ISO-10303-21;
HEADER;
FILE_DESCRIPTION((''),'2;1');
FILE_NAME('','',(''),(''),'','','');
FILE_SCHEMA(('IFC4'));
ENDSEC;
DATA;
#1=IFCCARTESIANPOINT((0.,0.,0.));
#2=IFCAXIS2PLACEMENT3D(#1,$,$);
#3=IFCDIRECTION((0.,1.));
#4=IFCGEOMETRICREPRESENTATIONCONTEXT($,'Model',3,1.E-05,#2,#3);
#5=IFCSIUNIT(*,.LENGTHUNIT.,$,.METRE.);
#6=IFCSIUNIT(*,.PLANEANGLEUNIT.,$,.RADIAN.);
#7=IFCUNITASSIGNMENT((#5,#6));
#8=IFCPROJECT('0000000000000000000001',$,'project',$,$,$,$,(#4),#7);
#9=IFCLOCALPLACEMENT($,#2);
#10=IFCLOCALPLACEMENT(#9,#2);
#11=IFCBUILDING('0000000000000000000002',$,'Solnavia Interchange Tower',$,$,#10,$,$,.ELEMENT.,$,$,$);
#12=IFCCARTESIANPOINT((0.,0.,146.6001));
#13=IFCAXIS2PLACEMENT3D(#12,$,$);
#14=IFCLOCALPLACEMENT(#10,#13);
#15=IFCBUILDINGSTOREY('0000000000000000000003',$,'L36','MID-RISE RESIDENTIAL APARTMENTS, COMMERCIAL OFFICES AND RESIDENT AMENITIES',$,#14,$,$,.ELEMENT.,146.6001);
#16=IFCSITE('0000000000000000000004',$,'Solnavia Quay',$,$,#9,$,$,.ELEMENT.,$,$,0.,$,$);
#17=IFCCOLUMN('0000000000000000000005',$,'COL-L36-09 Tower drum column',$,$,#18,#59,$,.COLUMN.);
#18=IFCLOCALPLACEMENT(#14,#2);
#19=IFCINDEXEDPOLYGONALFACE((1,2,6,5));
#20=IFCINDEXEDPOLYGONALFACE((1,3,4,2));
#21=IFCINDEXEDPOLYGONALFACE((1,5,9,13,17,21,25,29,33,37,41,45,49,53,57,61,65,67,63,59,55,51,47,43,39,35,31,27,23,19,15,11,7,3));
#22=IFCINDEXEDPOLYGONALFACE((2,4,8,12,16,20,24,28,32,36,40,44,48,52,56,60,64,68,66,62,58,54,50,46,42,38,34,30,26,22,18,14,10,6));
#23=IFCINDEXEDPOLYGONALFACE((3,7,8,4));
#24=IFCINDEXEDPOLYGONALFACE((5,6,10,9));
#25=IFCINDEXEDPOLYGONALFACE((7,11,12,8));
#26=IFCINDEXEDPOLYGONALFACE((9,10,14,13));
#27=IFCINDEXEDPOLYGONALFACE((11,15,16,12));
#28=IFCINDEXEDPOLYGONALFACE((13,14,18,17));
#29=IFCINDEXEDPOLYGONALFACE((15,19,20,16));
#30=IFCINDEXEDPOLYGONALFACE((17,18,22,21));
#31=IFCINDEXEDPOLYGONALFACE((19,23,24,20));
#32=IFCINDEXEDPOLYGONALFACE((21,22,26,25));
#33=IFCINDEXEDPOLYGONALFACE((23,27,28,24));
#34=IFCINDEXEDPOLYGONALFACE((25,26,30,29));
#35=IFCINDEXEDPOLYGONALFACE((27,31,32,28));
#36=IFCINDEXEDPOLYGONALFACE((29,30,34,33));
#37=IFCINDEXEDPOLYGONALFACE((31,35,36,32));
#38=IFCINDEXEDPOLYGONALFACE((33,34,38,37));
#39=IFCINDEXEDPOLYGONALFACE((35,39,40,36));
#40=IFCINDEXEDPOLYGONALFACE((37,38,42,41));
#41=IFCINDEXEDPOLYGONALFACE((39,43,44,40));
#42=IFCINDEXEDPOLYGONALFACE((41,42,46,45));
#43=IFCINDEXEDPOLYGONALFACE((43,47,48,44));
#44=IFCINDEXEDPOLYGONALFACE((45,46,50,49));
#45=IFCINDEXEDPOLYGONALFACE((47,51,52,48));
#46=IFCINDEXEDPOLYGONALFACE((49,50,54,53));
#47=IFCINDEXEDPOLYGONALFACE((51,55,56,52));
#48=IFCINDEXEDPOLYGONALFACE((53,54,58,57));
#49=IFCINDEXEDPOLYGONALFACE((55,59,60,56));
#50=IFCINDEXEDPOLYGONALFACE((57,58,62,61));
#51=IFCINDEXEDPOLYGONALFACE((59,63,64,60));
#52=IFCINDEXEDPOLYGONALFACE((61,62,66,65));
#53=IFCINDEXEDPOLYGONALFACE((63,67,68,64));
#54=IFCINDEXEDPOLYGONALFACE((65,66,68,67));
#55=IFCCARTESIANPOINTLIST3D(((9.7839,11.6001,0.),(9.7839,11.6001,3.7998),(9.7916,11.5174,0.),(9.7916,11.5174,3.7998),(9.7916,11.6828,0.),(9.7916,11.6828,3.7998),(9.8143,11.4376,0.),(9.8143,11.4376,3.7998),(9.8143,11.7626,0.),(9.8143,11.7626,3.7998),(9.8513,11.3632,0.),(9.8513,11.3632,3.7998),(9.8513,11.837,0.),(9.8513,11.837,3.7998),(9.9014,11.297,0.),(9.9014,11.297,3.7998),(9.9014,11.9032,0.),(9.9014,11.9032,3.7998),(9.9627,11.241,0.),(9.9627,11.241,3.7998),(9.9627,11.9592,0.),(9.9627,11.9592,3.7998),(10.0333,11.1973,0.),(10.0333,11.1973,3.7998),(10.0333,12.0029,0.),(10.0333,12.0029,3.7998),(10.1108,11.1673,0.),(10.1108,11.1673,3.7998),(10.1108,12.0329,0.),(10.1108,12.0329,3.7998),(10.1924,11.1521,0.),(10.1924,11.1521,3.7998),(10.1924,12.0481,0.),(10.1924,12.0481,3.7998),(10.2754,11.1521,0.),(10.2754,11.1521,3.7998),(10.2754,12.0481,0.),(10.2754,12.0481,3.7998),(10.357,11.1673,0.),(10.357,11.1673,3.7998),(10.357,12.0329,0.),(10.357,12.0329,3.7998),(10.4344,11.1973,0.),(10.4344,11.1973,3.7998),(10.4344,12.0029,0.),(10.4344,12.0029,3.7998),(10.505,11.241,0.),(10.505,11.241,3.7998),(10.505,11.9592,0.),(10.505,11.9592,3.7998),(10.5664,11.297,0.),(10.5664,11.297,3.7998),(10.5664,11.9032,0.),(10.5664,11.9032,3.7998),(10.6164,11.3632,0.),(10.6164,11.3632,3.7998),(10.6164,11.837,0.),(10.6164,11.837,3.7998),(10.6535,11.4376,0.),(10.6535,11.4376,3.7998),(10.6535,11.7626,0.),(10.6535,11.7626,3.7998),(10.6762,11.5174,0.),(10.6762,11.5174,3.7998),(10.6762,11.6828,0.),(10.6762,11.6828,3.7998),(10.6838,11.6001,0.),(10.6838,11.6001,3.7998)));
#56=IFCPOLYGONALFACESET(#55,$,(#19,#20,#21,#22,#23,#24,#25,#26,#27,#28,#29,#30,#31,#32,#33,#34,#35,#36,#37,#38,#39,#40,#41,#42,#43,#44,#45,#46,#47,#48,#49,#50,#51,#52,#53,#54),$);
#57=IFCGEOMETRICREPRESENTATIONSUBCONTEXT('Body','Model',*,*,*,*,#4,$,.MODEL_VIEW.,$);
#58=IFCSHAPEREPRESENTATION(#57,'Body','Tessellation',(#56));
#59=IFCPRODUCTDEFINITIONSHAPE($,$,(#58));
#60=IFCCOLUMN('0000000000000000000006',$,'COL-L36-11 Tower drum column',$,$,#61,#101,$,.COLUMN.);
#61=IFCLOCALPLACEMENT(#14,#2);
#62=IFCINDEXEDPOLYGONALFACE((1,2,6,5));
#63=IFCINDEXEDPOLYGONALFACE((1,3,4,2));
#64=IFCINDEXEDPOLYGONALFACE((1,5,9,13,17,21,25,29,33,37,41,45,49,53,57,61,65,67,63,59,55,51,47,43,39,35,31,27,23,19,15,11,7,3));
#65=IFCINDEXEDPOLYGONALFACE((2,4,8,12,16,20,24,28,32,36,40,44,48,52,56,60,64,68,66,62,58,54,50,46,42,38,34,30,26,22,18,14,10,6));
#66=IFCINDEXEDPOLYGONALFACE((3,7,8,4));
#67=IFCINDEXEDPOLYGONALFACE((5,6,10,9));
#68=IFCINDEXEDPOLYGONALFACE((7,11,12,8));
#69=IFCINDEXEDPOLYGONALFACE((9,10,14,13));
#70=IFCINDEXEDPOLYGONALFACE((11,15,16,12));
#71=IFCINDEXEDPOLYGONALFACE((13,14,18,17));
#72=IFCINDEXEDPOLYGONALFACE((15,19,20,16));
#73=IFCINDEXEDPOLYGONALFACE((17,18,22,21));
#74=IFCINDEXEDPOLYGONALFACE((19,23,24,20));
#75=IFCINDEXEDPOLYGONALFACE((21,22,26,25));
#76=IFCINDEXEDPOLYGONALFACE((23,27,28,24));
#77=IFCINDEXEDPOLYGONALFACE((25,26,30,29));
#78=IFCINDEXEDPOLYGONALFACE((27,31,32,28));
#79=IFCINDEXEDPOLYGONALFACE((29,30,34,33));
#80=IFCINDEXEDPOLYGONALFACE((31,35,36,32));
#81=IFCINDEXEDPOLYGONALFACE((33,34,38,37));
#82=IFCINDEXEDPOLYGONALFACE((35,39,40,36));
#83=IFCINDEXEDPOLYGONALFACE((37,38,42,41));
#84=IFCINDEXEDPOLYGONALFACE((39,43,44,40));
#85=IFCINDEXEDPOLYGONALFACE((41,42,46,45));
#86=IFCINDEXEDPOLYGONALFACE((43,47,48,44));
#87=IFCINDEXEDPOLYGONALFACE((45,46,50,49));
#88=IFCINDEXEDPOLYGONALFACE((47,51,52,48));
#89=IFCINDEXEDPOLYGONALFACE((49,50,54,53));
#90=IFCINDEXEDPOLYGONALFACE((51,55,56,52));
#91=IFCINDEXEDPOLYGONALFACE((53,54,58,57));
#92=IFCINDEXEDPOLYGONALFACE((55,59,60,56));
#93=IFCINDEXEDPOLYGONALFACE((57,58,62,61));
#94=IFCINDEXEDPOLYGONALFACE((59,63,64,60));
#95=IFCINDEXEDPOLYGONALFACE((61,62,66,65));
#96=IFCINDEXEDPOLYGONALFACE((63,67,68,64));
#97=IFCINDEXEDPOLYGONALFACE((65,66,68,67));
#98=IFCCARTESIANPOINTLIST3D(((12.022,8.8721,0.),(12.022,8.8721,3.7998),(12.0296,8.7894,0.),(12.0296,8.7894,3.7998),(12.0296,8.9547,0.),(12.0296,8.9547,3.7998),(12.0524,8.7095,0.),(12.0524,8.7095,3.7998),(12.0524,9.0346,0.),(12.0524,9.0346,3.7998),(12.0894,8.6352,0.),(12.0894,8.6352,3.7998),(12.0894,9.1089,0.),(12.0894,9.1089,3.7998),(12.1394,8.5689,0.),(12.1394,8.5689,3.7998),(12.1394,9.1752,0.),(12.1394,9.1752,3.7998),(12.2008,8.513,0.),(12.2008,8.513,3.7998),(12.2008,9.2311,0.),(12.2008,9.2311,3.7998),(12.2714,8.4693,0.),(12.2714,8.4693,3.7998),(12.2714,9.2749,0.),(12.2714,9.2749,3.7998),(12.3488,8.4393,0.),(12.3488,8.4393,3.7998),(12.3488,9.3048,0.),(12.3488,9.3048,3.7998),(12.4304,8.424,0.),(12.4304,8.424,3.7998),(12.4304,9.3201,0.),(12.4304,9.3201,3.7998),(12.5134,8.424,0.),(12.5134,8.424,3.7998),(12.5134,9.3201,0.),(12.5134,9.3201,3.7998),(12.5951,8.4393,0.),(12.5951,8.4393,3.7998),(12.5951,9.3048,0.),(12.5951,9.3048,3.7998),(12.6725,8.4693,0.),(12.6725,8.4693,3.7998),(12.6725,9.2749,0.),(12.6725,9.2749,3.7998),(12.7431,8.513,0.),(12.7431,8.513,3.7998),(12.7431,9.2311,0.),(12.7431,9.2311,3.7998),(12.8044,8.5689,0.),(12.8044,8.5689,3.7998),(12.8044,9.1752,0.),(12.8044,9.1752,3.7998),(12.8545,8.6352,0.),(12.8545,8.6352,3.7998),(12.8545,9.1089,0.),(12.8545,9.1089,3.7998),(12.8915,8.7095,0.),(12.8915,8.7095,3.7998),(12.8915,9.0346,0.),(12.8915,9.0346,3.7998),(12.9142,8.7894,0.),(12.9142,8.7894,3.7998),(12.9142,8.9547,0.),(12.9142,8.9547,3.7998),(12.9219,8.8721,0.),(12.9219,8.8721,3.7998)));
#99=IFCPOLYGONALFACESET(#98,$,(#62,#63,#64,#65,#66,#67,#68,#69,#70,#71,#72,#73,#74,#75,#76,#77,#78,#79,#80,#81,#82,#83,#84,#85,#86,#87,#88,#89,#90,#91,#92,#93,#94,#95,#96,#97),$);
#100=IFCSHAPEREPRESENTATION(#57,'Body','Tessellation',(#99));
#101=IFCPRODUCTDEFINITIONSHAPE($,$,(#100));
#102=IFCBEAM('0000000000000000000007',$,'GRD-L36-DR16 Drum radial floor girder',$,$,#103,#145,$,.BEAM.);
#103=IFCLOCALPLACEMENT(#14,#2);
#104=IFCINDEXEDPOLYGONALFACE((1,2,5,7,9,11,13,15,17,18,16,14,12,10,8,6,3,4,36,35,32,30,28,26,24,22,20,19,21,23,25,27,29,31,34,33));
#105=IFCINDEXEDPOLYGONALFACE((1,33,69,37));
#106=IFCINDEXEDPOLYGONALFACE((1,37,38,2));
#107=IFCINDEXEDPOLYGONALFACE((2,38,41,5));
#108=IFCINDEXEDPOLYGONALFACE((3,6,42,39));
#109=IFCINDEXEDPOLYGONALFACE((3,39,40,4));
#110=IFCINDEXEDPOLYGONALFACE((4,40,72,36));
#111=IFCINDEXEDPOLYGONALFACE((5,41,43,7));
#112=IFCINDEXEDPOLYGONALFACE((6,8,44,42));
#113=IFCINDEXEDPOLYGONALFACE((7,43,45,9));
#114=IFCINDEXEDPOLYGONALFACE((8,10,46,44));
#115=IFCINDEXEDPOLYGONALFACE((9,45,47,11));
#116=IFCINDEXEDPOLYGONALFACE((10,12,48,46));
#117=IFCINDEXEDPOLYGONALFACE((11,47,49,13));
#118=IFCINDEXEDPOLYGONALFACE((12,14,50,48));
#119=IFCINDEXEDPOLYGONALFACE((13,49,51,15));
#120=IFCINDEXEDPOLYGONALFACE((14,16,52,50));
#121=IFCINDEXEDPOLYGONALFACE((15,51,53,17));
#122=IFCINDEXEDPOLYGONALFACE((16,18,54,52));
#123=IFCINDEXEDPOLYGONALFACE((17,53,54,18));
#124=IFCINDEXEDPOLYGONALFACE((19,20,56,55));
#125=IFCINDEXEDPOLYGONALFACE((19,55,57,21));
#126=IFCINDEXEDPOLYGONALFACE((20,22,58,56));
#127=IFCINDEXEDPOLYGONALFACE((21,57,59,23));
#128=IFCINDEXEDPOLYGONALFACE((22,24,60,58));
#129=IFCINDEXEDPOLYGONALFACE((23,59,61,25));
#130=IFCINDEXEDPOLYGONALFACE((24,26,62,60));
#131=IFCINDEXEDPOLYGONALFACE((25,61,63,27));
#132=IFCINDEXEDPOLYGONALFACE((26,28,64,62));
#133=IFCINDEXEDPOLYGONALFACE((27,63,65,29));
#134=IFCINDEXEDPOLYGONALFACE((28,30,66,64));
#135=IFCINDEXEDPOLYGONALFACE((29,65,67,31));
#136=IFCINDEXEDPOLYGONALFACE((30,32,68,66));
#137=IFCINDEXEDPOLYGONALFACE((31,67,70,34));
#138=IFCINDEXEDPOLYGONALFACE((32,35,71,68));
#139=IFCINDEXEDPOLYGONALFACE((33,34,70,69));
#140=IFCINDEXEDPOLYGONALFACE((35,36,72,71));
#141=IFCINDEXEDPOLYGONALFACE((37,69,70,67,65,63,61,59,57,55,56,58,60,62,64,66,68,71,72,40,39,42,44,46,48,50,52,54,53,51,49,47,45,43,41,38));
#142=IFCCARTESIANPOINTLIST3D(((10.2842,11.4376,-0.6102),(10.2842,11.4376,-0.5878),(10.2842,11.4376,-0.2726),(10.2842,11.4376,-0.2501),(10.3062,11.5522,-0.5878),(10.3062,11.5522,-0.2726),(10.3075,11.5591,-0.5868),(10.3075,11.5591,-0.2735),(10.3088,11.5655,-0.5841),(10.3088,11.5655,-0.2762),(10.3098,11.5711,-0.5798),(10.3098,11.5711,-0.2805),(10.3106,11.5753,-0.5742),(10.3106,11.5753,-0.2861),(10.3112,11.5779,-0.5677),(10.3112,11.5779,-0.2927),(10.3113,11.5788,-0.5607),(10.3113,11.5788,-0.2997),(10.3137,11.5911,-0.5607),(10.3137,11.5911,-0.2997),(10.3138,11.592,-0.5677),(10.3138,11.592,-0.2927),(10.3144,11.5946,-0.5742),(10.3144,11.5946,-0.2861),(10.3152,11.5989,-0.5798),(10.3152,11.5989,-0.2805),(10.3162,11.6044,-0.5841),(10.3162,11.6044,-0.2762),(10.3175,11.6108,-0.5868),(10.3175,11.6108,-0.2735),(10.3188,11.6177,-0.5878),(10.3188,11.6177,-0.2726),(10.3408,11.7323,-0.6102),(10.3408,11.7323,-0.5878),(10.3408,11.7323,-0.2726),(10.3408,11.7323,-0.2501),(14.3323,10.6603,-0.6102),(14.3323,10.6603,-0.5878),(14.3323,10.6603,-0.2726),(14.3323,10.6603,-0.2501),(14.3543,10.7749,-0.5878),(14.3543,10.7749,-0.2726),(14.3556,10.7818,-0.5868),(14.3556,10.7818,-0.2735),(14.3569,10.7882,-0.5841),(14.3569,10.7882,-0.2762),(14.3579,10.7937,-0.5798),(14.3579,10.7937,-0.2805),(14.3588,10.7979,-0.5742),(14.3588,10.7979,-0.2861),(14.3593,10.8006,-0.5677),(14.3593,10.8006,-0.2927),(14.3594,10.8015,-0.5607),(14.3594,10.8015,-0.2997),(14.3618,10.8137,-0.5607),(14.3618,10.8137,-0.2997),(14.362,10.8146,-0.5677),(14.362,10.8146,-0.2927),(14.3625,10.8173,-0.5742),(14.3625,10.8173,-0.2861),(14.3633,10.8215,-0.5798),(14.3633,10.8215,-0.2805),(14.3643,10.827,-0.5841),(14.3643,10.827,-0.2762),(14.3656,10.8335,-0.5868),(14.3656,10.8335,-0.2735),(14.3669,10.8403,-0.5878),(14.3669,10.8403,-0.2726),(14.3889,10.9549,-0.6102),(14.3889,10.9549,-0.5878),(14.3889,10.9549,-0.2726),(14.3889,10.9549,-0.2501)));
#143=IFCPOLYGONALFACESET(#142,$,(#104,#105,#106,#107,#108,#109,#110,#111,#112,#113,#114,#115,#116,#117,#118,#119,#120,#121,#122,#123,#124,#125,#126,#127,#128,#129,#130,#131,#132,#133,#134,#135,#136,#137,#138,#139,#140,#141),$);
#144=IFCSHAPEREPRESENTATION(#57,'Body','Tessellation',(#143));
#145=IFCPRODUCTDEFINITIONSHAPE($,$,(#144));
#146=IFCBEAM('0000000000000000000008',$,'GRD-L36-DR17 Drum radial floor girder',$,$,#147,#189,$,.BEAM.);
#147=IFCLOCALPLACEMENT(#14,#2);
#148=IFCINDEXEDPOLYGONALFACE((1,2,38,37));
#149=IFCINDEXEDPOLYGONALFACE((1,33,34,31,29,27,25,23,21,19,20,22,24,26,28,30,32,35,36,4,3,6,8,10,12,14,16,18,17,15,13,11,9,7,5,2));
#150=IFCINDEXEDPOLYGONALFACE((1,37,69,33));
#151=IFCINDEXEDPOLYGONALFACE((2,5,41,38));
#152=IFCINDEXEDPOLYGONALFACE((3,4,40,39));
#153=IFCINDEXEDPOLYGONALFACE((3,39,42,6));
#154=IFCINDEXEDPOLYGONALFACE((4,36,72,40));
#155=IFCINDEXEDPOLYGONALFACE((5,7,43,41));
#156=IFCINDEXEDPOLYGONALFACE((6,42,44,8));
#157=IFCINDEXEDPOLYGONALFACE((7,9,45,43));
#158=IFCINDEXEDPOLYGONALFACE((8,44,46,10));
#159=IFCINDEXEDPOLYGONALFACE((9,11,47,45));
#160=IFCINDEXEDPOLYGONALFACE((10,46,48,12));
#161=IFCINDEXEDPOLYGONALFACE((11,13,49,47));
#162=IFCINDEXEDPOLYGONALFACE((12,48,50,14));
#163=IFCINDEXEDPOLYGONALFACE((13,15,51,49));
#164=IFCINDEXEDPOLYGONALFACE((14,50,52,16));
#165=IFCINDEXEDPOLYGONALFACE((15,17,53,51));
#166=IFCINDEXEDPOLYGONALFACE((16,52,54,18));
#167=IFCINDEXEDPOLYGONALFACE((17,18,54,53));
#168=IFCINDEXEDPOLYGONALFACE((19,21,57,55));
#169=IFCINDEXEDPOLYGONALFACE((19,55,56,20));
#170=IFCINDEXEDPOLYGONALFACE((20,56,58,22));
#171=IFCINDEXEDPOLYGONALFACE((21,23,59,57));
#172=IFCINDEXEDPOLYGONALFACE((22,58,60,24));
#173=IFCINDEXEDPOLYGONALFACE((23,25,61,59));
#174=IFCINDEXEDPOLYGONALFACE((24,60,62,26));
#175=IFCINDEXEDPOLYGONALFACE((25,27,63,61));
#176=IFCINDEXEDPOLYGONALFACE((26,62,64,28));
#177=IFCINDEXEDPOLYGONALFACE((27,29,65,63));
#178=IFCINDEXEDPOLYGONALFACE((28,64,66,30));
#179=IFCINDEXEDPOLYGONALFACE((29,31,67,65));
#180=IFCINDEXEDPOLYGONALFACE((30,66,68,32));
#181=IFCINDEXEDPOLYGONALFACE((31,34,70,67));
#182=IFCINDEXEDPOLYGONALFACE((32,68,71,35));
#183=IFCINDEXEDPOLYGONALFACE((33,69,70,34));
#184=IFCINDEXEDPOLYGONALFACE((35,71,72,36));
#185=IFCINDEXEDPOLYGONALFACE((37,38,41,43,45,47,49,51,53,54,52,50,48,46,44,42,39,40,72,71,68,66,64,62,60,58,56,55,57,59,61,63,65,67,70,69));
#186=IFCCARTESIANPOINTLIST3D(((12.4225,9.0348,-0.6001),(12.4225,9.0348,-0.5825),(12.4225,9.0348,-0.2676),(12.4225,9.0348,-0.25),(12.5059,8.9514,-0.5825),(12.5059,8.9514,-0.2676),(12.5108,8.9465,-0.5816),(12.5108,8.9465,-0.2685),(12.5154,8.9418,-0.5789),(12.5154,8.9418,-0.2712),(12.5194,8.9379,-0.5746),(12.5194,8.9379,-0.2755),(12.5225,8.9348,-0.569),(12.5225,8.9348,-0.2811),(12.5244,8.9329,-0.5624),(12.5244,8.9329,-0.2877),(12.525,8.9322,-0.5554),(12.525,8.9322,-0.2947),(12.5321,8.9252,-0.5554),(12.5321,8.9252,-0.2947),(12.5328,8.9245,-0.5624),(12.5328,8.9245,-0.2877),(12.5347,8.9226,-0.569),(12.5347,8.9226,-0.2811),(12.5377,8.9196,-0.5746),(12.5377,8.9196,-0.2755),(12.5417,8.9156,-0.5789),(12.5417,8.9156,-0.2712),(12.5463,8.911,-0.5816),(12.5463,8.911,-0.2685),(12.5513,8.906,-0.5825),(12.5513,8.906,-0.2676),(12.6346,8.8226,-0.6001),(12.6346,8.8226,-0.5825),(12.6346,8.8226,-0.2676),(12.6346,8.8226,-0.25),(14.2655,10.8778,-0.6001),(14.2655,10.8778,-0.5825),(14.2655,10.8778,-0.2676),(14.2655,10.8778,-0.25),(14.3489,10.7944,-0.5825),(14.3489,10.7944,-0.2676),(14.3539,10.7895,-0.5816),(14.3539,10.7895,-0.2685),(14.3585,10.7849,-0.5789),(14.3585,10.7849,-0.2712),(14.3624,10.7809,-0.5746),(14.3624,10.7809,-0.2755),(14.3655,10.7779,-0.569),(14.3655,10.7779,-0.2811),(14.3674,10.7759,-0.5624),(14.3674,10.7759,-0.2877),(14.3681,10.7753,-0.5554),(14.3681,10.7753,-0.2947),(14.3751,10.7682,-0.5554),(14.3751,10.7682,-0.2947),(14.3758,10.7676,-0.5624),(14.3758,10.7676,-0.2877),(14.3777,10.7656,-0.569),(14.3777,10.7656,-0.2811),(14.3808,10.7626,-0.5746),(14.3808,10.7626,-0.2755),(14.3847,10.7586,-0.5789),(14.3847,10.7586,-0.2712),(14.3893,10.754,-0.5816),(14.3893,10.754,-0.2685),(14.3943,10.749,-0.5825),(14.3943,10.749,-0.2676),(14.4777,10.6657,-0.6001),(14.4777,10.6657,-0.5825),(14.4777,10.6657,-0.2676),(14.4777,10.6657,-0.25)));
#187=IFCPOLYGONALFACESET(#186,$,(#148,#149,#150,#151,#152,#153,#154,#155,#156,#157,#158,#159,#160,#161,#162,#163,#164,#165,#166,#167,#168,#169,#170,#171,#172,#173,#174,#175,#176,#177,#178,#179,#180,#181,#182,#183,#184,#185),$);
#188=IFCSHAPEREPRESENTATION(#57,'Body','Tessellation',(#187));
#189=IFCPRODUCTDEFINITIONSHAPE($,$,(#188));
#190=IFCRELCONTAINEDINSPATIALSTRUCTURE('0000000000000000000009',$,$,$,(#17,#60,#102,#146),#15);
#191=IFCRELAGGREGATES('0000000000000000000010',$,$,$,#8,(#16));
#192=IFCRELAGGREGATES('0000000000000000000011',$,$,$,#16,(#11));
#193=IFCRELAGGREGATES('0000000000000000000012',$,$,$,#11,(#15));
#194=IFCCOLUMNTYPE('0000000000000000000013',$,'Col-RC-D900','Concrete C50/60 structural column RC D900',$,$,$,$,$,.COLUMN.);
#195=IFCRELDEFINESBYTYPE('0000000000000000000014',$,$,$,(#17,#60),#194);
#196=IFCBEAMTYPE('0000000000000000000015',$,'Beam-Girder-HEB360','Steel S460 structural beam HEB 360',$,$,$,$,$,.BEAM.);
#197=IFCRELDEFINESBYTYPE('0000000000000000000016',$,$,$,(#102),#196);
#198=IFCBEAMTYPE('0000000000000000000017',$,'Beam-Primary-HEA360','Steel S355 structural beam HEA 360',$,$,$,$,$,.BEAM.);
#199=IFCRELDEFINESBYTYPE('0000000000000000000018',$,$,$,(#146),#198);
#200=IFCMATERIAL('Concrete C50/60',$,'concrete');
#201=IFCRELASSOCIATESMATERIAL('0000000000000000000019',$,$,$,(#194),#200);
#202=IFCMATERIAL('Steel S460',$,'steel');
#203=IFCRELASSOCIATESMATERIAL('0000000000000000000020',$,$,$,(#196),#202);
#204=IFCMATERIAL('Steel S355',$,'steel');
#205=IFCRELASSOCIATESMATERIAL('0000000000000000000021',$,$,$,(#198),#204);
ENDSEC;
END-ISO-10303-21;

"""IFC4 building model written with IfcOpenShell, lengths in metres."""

from ifc_helpers import new_model, si_unit, direction, frame, origin, origin_2d, place, context, subcontext, project, spatial, circle, i_section, extrude, material, material_profile, profile_set, type_object, element, save


model = new_model("IFC4")

# Units and contexts
model_context = context("Model", 3, precision=1e-05, world=origin(), true_north=direction((0.0, 1.0)))
body_context = subcontext(model_context, "Body", "Model", "MODEL_VIEW")
ifc_project = project(units=[si_unit("LENGTHUNIT", "METRE"), si_unit("PLANEANGLEUNIT", "RADIAN")], contexts=[model_context])

# Site, building, storey
site_placement = place(None, origin())
site = spatial("IfcSite", under=ifc_project, at=site_placement, Name="Solnavia Quay", CompositionType="ELEMENT", RefElevation=0.0)
building_placement = place(site_placement, origin())
building = spatial("IfcBuilding", under=site, at=building_placement, Name="Solnavia Interchange Tower", CompositionType="ELEMENT")
storey_placement = place(building_placement, frame((0.0, 0.0, 146.6001)))
storey = spatial("IfcBuildingStorey", under=building, at=storey_placement, Name="L36", Description="MID-RISE RESIDENTIAL APARTMENTS, COMMERCIAL OFFICES AND RESIDENT AMENITIES", CompositionType="ELEMENT", Elevation=146.6001)

# Columns
ifc_material_1 = material(Name="Concrete C50/60", Category="concrete")
ifc_material_profile_1 = material_profile(ifc_material_1, circle(Radius=0.45, at=origin_2d()), Name="RC D900")
ifc_profile_set_1 = profile_set([ifc_material_profile_1], Name="Concrete C50/60")
column_type = type_object("IfcColumnType", Name="Col-RC-D900", Description="Concrete C50/60 structural column RC D900", PredefinedType="COLUMN", material=ifc_profile_set_1)
for number, where, z_axis, x_axis, name in (
    (1, (10.2339, 11.6001, 0.0), (0.0, 0.0, 1.0), (1.0, 0.0, 0.0), "COL-L36-09 Tower drum column"),
    (2, (12.4719, 8.8721, 0.0), (0.0, 0.0, 1.0), (1.0, 0.0, 0.0), "COL-L36-11 Tower drum column"),
):
    element("IfcColumn", number, at=place(storey_placement, frame(where, z_axis=z_axis, x_axis=x_axis)), inside=storey, type_object=column_type, Name=name, PredefinedType="COLUMN", context=body_context, shape_type="SweptSolid", body=[
        extrude(circle(Radius=0.45, at=origin_2d()), origin(), (0.0, 0.0, 1.0), 3.7998),
    ])

# Beams
ifc_material_2 = material(Name="Steel S460", Category="steel")
ifc_material_profile_2 = material_profile(ifc_material_2, i_section(OverallWidth=0.3, OverallDepth=0.3601, WebThickness=0.0125, FlangeThickness=0.0225, FilletRadius=0.0271, at=origin_2d()), Name="HEB 360")
ifc_profile_set_2 = profile_set([ifc_material_profile_2], Name="Steel S460")
beam_type_1 = type_object("IfcBeamType", Name="Beam-Girder-HEB360", Description="Steel S460 structural beam HEB 360", PredefinedType="BEAM", material=ifc_profile_set_2)
beam_1_placement = place(storey_placement, frame((10.3125, 11.585, -0.4302), z_axis=(0.982058, -0.188582, 0.0), x_axis=(0.188582, 0.982058, 0.0)))
element("IfcBeam", 3, at=beam_1_placement, inside=storey, type_object=beam_type_1, Name="GRD-L36-DR16 Drum radial floor girder", PredefinedType="BEAM", context=body_context, shape_type="SweptSolid", body=[
    extrude(i_section(OverallWidth=0.3, OverallDepth=0.3601, WebThickness=0.0125, FlangeThickness=0.0225, FilletRadius=0.0271, at=origin_2d()), origin(), (0.0, 0.0, 1.0), 4.1221),
])
ifc_material_3 = material(Name="Steel S355", Category="steel")
ifc_material_profile_3 = material_profile(ifc_material_3, i_section(OverallWidth=0.3, OverallDepth=0.3501, WebThickness=0.01, FlangeThickness=0.0176, FilletRadius=0.0271, at=origin_2d()), Name="HEA 360")
ifc_profile_set_3 = profile_set([ifc_material_profile_3], Name="Steel S355")
beam_type_2 = type_object("IfcBeamType", Name="Beam-Primary-HEA360", Description="Steel S355 structural beam HEA 360", PredefinedType="BEAM", material=ifc_profile_set_3)
beam_2_placement = place(storey_placement, frame((12.5286, 8.9287, -0.425), z_axis=(0.707107, 0.707107, 0.0), x_axis=(-0.707107, 0.707107, 0.0)))
element("IfcBeam", 4, at=beam_2_placement, inside=storey, type_object=beam_type_2, Name="GRD-L36-DR17 Drum radial floor girder", PredefinedType="BEAM", context=body_context, shape_type="SweptSolid", body=[
    extrude(i_section(OverallWidth=0.3, OverallDepth=0.3501, WebThickness=0.01, FlangeThickness=0.0176, FilletRadius=0.0271, at=origin_2d()), origin(), (0.0, 0.0, 1.0), 2.6064),
])

save(model, "model.ifc")
